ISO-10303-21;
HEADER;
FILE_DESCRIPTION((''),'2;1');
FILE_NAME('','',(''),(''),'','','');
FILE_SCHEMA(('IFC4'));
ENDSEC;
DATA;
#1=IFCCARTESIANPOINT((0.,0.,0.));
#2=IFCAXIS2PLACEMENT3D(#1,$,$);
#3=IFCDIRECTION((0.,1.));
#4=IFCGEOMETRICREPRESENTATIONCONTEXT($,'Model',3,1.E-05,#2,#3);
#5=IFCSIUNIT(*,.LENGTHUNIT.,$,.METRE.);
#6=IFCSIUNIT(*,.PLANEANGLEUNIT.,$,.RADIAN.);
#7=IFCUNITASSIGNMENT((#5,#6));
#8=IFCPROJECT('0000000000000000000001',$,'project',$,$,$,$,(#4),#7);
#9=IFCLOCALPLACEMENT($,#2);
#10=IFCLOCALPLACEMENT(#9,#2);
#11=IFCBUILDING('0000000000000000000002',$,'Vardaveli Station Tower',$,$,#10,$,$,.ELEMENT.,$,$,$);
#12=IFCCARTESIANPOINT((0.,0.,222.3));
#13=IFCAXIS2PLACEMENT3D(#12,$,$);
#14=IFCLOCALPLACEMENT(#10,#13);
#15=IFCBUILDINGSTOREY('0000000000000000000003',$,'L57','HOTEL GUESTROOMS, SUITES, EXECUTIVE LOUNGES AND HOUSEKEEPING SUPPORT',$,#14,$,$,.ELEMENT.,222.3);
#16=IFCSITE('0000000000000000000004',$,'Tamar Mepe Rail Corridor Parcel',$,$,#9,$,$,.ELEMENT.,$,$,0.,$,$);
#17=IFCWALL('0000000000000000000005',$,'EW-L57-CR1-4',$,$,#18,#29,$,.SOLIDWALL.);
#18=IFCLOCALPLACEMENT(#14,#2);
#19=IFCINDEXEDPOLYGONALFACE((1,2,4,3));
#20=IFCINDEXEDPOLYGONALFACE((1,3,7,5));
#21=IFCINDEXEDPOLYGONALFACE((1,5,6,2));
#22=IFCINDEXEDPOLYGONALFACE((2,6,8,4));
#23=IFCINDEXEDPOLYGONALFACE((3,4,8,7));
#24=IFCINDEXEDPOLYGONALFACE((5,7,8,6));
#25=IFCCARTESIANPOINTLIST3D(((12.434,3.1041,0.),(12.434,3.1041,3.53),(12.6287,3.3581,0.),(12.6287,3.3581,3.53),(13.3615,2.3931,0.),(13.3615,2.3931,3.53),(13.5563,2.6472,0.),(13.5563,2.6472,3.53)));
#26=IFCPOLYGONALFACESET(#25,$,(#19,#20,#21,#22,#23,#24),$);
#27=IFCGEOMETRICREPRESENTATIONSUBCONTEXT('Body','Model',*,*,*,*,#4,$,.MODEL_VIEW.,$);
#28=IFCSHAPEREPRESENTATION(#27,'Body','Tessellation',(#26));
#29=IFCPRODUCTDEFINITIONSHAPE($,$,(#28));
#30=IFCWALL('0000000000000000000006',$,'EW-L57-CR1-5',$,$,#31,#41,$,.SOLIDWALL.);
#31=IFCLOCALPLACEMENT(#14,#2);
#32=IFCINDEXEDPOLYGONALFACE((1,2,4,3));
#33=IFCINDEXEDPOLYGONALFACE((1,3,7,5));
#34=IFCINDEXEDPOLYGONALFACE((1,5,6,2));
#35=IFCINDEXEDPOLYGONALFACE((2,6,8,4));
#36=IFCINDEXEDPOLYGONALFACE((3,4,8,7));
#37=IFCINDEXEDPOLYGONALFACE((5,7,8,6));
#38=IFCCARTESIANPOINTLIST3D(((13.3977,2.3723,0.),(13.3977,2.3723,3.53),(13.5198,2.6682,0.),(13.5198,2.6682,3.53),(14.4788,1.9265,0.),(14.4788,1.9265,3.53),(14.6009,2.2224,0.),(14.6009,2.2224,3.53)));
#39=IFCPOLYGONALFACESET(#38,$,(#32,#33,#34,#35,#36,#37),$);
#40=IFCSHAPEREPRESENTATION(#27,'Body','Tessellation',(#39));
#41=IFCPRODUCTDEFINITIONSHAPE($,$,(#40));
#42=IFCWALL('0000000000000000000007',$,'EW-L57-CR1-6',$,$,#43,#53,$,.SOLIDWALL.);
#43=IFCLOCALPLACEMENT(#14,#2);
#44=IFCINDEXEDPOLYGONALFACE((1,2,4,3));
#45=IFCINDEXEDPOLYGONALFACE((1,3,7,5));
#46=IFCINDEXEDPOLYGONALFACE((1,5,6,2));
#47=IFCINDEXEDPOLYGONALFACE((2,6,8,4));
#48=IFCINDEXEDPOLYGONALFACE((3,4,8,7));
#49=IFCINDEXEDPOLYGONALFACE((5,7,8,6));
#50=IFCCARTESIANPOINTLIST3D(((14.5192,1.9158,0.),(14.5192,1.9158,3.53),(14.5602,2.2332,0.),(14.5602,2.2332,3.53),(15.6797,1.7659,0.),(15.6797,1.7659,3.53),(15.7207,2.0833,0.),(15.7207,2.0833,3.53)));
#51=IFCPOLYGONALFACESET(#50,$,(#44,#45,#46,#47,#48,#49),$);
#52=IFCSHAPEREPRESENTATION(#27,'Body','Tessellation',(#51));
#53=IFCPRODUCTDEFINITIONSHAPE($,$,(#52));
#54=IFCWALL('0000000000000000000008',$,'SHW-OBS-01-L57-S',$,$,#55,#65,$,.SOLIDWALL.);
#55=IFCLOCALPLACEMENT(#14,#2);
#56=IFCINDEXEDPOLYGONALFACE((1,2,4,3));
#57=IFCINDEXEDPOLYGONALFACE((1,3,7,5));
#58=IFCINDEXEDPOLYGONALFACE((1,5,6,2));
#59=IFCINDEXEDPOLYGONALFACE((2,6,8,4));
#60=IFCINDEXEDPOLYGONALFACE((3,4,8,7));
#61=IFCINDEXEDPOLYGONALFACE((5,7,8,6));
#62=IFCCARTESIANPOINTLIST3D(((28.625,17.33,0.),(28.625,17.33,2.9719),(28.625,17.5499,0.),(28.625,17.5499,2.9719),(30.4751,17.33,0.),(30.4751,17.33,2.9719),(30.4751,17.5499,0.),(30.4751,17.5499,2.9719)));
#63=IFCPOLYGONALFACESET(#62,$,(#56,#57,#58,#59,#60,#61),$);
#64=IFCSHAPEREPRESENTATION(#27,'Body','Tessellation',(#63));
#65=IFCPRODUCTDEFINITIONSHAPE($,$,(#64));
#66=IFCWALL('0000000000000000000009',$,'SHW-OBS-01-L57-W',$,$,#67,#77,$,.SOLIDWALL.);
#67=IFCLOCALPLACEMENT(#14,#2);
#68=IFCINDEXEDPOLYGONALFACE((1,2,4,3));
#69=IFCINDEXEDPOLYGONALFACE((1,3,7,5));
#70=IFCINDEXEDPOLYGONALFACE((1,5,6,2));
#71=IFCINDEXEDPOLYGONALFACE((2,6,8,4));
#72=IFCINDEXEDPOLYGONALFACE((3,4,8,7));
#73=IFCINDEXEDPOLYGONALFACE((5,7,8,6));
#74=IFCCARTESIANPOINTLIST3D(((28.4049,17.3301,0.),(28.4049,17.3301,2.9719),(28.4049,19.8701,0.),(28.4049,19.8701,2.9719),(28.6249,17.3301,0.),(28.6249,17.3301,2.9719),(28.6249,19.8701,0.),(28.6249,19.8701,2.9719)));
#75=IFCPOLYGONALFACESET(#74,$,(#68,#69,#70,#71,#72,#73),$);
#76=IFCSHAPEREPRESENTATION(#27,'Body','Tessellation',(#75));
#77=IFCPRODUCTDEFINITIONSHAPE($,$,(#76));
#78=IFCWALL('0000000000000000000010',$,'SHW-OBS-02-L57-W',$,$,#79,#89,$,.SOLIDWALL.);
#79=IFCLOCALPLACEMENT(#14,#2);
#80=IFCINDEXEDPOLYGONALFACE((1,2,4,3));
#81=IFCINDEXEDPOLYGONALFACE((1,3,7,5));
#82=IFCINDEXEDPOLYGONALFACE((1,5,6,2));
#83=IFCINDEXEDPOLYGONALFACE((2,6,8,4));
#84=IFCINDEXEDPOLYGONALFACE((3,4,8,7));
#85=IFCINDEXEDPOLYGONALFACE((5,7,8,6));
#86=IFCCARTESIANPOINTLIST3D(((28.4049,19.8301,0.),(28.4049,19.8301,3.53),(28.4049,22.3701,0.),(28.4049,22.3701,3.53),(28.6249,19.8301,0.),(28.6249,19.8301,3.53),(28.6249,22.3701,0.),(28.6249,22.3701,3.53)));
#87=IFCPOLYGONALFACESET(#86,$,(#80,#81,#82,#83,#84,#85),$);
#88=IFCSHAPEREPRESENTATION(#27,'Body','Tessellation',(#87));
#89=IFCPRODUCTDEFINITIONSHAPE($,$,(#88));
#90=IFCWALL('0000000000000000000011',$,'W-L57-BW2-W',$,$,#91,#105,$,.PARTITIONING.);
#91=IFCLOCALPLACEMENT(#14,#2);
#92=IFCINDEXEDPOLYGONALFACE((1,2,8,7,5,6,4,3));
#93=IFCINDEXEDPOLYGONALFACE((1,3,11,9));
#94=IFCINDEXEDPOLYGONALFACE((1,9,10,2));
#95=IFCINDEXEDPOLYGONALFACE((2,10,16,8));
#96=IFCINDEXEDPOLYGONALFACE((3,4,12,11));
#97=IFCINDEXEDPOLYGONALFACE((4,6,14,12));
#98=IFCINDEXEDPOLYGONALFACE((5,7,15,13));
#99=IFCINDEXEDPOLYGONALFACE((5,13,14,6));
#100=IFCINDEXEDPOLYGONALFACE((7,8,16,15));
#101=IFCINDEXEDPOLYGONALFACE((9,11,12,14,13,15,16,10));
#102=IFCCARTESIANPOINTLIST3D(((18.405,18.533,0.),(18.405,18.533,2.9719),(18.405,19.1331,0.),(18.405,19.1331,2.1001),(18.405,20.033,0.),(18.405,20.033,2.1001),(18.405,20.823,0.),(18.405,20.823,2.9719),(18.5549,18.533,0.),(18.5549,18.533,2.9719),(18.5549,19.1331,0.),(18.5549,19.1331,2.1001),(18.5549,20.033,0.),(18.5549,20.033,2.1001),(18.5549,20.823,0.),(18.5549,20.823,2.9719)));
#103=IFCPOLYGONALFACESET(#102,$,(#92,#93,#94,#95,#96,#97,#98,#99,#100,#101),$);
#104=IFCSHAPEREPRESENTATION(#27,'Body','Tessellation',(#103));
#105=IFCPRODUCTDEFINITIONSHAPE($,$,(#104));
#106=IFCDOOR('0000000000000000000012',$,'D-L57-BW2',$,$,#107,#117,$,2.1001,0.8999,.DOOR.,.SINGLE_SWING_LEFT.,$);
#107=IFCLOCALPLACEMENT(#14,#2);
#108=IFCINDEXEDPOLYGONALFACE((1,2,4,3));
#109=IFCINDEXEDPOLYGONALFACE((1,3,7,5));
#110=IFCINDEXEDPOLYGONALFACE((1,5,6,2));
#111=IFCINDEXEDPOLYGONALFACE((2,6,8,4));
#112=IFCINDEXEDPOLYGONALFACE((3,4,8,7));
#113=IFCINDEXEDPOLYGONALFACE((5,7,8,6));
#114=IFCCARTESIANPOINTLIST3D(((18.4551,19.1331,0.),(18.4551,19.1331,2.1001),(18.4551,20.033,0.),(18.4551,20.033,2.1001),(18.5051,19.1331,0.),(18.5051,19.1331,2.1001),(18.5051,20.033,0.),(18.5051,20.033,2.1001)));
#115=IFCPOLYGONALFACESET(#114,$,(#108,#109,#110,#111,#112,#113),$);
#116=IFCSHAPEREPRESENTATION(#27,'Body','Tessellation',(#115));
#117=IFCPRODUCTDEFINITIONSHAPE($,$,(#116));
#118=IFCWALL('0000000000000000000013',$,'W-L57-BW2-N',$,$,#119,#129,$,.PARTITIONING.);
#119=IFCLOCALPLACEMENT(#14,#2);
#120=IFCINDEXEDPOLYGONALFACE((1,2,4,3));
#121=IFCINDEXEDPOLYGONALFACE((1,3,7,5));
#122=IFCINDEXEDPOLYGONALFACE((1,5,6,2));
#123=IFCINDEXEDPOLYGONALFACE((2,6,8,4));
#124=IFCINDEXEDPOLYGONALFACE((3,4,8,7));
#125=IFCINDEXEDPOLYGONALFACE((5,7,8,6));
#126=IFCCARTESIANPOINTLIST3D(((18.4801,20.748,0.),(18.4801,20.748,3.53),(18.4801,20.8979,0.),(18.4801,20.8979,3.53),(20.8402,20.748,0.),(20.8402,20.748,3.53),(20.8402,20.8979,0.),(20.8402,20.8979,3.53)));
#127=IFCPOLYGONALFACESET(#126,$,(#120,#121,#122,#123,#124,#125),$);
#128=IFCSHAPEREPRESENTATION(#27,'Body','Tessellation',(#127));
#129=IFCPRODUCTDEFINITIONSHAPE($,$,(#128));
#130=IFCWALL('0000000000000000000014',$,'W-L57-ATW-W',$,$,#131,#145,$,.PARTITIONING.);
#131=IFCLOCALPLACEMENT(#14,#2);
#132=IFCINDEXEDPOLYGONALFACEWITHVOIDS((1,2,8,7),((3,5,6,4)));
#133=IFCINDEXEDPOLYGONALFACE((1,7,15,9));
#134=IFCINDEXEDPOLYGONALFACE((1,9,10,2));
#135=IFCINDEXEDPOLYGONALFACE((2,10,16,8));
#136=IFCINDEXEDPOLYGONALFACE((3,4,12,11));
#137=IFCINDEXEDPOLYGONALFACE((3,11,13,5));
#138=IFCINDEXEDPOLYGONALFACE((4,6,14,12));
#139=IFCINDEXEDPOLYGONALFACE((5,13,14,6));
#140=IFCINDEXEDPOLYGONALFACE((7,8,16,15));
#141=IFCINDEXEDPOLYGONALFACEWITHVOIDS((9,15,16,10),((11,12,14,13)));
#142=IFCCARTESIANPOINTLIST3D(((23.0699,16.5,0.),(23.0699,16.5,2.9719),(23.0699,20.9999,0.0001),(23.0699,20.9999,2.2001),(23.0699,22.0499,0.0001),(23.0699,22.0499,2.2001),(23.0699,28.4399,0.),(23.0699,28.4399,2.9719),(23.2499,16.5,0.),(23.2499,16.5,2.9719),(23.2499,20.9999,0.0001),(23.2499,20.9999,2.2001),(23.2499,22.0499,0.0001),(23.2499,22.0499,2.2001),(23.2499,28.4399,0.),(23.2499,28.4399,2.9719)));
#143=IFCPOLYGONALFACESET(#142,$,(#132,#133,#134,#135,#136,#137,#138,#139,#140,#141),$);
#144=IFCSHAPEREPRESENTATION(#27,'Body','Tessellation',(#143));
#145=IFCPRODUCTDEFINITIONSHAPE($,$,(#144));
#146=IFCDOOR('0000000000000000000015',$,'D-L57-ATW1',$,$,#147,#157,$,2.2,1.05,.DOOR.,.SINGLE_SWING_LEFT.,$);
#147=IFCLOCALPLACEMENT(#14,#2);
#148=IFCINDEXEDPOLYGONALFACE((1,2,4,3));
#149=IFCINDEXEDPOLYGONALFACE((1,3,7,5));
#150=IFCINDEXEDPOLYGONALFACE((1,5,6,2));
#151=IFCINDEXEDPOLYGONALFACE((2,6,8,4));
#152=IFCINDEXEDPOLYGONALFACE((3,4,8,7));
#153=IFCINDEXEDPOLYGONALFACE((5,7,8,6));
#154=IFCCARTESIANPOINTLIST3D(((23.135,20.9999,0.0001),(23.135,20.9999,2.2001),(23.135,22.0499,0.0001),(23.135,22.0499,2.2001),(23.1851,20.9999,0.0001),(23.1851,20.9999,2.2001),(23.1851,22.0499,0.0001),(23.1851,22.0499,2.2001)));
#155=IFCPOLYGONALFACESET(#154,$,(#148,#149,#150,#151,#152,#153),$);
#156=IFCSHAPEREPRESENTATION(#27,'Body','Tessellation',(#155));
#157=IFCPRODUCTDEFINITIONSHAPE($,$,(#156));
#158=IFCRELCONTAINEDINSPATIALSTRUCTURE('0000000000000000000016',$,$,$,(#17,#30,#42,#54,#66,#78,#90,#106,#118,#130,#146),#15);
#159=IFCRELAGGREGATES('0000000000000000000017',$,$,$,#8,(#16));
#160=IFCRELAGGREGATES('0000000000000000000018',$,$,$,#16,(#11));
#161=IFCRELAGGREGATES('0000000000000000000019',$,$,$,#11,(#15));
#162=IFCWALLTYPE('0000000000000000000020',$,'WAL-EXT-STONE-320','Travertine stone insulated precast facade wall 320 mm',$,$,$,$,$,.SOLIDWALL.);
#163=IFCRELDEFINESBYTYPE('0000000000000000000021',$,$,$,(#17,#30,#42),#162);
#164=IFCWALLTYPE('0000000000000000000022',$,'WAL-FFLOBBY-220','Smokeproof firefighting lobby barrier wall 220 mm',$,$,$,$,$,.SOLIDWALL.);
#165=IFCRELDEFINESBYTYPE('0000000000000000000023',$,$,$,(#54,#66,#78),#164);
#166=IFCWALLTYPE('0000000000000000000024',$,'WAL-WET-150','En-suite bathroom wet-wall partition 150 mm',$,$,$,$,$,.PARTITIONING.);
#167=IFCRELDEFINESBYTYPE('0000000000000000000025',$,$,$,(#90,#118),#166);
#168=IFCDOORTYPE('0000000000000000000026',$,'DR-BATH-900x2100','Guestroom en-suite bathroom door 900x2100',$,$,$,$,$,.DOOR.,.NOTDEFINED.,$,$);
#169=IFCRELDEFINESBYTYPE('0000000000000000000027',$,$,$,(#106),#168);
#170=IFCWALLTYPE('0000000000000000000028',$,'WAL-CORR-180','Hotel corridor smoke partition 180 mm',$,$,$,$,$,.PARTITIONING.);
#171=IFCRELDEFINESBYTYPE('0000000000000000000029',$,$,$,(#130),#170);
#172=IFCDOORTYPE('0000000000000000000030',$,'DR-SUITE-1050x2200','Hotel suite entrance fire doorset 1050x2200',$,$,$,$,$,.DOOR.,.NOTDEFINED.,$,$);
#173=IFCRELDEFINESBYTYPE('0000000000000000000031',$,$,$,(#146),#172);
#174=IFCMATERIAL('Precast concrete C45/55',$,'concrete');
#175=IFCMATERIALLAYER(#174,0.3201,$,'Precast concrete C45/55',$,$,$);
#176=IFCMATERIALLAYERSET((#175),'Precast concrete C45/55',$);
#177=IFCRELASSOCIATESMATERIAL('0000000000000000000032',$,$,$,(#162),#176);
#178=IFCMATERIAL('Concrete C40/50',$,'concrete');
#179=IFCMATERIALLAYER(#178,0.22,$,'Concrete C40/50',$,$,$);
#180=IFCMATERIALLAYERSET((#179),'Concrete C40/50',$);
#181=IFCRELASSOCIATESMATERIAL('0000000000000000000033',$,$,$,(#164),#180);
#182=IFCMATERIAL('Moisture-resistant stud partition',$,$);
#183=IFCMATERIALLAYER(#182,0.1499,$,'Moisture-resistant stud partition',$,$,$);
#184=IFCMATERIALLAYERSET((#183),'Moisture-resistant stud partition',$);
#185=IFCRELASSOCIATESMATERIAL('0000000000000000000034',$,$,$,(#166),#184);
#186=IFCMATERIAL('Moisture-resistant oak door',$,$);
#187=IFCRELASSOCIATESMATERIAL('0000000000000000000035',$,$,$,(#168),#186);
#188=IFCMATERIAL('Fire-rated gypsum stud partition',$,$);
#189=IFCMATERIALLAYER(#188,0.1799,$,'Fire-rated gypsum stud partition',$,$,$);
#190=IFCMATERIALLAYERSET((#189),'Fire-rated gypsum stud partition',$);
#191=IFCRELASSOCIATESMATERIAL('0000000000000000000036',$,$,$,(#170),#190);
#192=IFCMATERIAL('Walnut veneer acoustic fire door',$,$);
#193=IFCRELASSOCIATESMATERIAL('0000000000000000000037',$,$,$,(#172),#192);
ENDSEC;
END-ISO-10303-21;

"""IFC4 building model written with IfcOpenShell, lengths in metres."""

from ifc_helpers import new_model, si_unit, direction, frame, frame_2d, origin, place, context, subcontext, project, spatial, rectangle, extrude, source, transform, mapped, material, layer, layer_set, type_object, element, fill, save


model = new_model("IFC4")

# Units and contexts
model_context = context("Model", 3, precision=1e-05, world=origin(), true_north=direction((0.0, 1.0)))
body_context = subcontext(model_context, "Body", "Model", "MODEL_VIEW")
ifc_project = project(units=[si_unit("LENGTHUNIT", "METRE"), si_unit("PLANEANGLEUNIT", "RADIAN")], contexts=[model_context])

# Site, building, storey
site_placement = place(None, origin())
site = spatial("IfcSite", under=ifc_project, at=site_placement, Name="Tamar Mepe Rail Corridor Parcel", CompositionType="ELEMENT", RefElevation=0.0)
building_placement = place(site_placement, origin())
building = spatial("IfcBuilding", under=site, at=building_placement, Name="Vardaveli Station Tower", CompositionType="ELEMENT")
storey_placement = place(building_placement, frame((0.0, 0.0, 222.3)))
storey = spatial("IfcBuildingStorey", under=building, at=storey_placement, Name="L57", Description="HOTEL GUESTROOMS, SUITES, EXECUTIVE LOUNGES AND HOUSEKEEPING SUPPORT", CompositionType="ELEMENT", Elevation=222.3)

# Shared definitions
ifc_material_1 = material(Name="Precast concrete C45/55", Category="concrete")

# Shared definitions
ifc_layer_1 = layer(ifc_material_1, 0.3201, Name="Precast concrete C45/55")
ifc_layer_set_1 = layer_set([ifc_layer_1], Name="Precast concrete C45/55")
wall_type_1 = type_object("IfcWallType", Name="WAL-EXT-STONE-320", Description="Travertine stone insulated precast facade wall 320 mm", PredefinedType="SOLIDWALL", material=ifc_layer_set_1)

# Walls
shared_shape_1 = source(origin(), body_context, "Body", "SweptSolid", [
    extrude(rectangle(XDim=1.1687, YDim=0.3201, at=frame_2d((0.5845, 0.0))), origin(), (0.0, 0.0, 1.0), 3.53),
])
wall_1_placement = place(storey_placement, frame((12.5312, 3.2312, 0.0), z_axis=(0.0, 0.0, 1.0), x_axis=(0.793664, -0.608357, 0.0)))
element("IfcWall", 1, at=wall_1_placement, inside=storey, type_object=wall_type_1, Name="EW-L57-CR1-4", PredefinedType="SOLIDWALL", context=body_context, shape_type="MappedRepresentation", body=[
    mapped(shared_shape_1, transform((0.0, 0.0, 0.0), scale=1.0)),
])
shared_shape_2 = source(origin(), body_context, "Body", "SweptSolid", [
    extrude(rectangle(XDim=1.1694, YDim=0.3201, at=frame_2d((0.5847, 0.0))), origin(), (0.0, 0.0, 1.0), 3.53),
])
wall_2_placement = place(storey_placement, frame((13.4587, 2.5203, 0.0), z_axis=(0.0, 0.0, 1.0), x_axis=(0.924479, -0.381233, 0.0)))
element("IfcWall", 2, at=wall_2_placement, inside=storey, type_object=wall_type_1, Name="EW-L57-CR1-5", PredefinedType="SOLIDWALL", context=body_context, shape_type="MappedRepresentation", body=[
    mapped(shared_shape_2, transform((0.0, 0.0, 0.0), scale=1.0)),
])
shared_shape_3 = source(origin(), body_context, "Body", "SweptSolid", [
    extrude(rectangle(XDim=1.1702, YDim=0.3201, at=frame_2d((0.585, 0.0))), origin(), (0.0, 0.0, 1.0), 3.53),
])
wall_3_placement = place(storey_placement, frame((14.5398, 2.0745, 0.0), z_axis=(0.0, 0.0, 1.0), x_axis=(0.991762, -0.12809, 0.0)))
element("IfcWall", 3, at=wall_3_placement, inside=storey, type_object=wall_type_1, Name="EW-L57-CR1-6", PredefinedType="SOLIDWALL", context=body_context, shape_type="MappedRepresentation", body=[
    mapped(shared_shape_3, transform((0.0, 0.0, 0.0), scale=1.0)),
])
ifc_material_2 = material(Name="Concrete C40/50", Category="concrete")
ifc_layer_2 = layer(ifc_material_2, 0.22, Name="Concrete C40/50")
ifc_layer_set_2 = layer_set([ifc_layer_2], Name="Concrete C40/50")
wall_type_2 = type_object("IfcWallType", Name="WAL-FFLOBBY-220", Description="Smokeproof firefighting lobby barrier wall 220 mm", PredefinedType="SOLIDWALL", material=ifc_layer_set_2)
shared_shape_4 = source(origin(), body_context, "Body", "SweptSolid", [
    extrude(rectangle(XDim=1.8501, YDim=0.22, at=frame_2d((0.925, 0.0))), origin(), (0.0, 0.0, 1.0), 2.9719),
])
wall_4_placement = place(storey_placement, frame((28.625, 17.4399, 0.0), z_axis=(0.0, 0.0, 1.0), x_axis=(1.0, 0.0, 0.0)))
element("IfcWall", 4, at=wall_4_placement, inside=storey, type_object=wall_type_2, Name="SHW-OBS-01-L57-S", PredefinedType="SOLIDWALL", context=body_context, shape_type="MappedRepresentation", body=[
    mapped(shared_shape_4, transform((0.0, 0.0, 0.0), scale=1.0)),
])
shared_shape_5 = source(origin(), body_context, "Body", "SweptSolid", [
    extrude(rectangle(XDim=2.54, YDim=0.22, at=frame_2d((1.27, 0.0))), origin(), (0.0, 0.0, 1.0), 2.9719),
])
wall_5_placement = place(storey_placement, frame((28.5149, 17.3301, 0.0), z_axis=(0.0, 0.0, 1.0), x_axis=(0.0, 1.0, 0.0)))
element("IfcWall", 5, at=wall_5_placement, inside=storey, type_object=wall_type_2, Name="SHW-OBS-01-L57-W", PredefinedType="SOLIDWALL", context=body_context, shape_type="MappedRepresentation", body=[
    mapped(shared_shape_5, transform((0.0, 0.0, 0.0), scale=1.0)),
])
shared_shape_6 = source(origin(), body_context, "Body", "SweptSolid", [
    extrude(rectangle(XDim=2.54, YDim=0.22, at=frame_2d((1.27, 0.0))), origin(), (0.0, 0.0, 1.0), 3.53),
])
wall_6_placement = place(storey_placement, frame((28.5149, 19.8301, 0.0), z_axis=(0.0, 0.0, 1.0), x_axis=(0.0, 1.0, 0.0)))
element("IfcWall", 6, at=wall_6_placement, inside=storey, type_object=wall_type_2, Name="SHW-OBS-02-L57-W", PredefinedType="SOLIDWALL", context=body_context, shape_type="MappedRepresentation", body=[
    mapped(shared_shape_6, transform((0.0, 0.0, 0.0), scale=1.0)),
])

# Wall, opening, door
ifc_material_3 = material(Name="Moisture-resistant stud partition")
ifc_layer_3 = layer(ifc_material_3, 0.1499, Name="Moisture-resistant stud partition")
ifc_layer_set_3 = layer_set([ifc_layer_3], Name="Moisture-resistant stud partition")
wall_type_3 = type_object("IfcWallType", Name="WAL-WET-150", Description="En-suite bathroom wet-wall partition 150 mm", PredefinedType="PARTITIONING", material=ifc_layer_set_3)
shared_shape_7 = source(origin(), body_context, "Body", "SweptSolid", [
    extrude(rectangle(XDim=2.29, YDim=0.1499, at=frame_2d((1.145, 0.0))), origin(), (0.0, 0.0, 1.0), 2.9719),
])
wall_7_placement = place(storey_placement, frame((18.48, 18.533, 0.0), z_axis=(0.0, 0.0, 1.0), x_axis=(0.0, 1.0, 0.0)))
wall_7 = element("IfcWall", 7, at=wall_7_placement, inside=storey, type_object=wall_type_3, Name="W-L57-BW2-W", PredefinedType="PARTITIONING", context=body_context, shape_type="MappedRepresentation", body=[
    mapped(shared_shape_7, transform((0.0, 0.0, 0.0), scale=1.0)),
])
shared_shape_8 = source(origin(), body_context, "Body", "SweptSolid", [
    extrude(rectangle(XDim=0.8999, YDim=2.1001, at=frame_2d((0.45, 1.05))), frame((0.0, 0.085, 0.0), z_axis=(0.0, -1.0, 0.0), x_axis=(1.0, 0.0, 0.0)), (0.0, 0.0, 1.0), 0.1699),
])
opening_1_placement = place(wall_7_placement, frame((0.6001, 0.0, 0.0)))
opening_1 = element("IfcOpeningElement", 8, at=opening_1_placement, cuts=wall_7, PredefinedType="OPENING", context=body_context, shape_type="MappedRepresentation", body=[
    mapped(shared_shape_8, transform((0.0, 0.0, 0.0), scale=1.0)),
])
ifc_material_4 = material(Name="Moisture-resistant oak door")
door_type_1 = type_object("IfcDoorType", Name="DR-BATH-900x2100", Description="Guestroom en-suite bathroom door 900x2100", OperationType="NOTDEFINED", PredefinedType="DOOR", material=ifc_material_4)
shared_shape_9 = source(origin(), body_context, "Body", "SweptSolid", [
    extrude(rectangle(XDim=0.8999, YDim=2.1001, at=frame_2d((0.45, 1.05))), frame((0.0, 0.0249, 0.0), z_axis=(0.0, -1.0, 0.0), x_axis=(1.0, 0.0, 0.0)), (0.0, 0.0, 1.0), 0.05),
])
door_1_placement = place(opening_1_placement, origin())
door_1 = element("IfcDoor", 9, at=door_1_placement, inside=storey, type_object=door_type_1, Name="D-L57-BW2", OperationType="SINGLE_SWING_LEFT", OverallHeight=2.1001, OverallWidth=0.8999, PredefinedType="DOOR", context=body_context, shape_type="MappedRepresentation", body=[
    mapped(shared_shape_9, transform((0.0, 0.0, 0.0), scale=1.0)),
])
fill(opening_1, door_1)

# Wall
shared_shape_10 = source(origin(), body_context, "Body", "SweptSolid", [
    extrude(rectangle(XDim=2.3601, YDim=0.1499, at=frame_2d((1.1802, 0.0))), origin(), (0.0, 0.0, 1.0), 3.53),
])
wall_8_placement = place(storey_placement, frame((18.48, 20.823, 0.0), z_axis=(0.0, 0.0, 1.0), x_axis=(1.0, 0.0, 0.0)))
element("IfcWall", 10, at=wall_8_placement, inside=storey, type_object=wall_type_3, Name="W-L57-BW2-N", PredefinedType="PARTITIONING", context=body_context, shape_type="MappedRepresentation", body=[
    mapped(shared_shape_10, transform((0.0, 0.0, 0.0), scale=1.0)),
])

# Wall, opening, door
ifc_material_5 = material(Name="Fire-rated gypsum stud partition")
ifc_layer_4 = layer(ifc_material_5, 0.1799, Name="Fire-rated gypsum stud partition")
ifc_layer_set_4 = layer_set([ifc_layer_4], Name="Fire-rated gypsum stud partition")
wall_type_4 = type_object("IfcWallType", Name="WAL-CORR-180", Description="Hotel corridor smoke partition 180 mm", PredefinedType="PARTITIONING", material=ifc_layer_set_4)
shared_shape_11 = source(origin(), body_context, "Body", "SweptSolid", [
    extrude(rectangle(XDim=11.9399, YDim=0.1799, at=frame_2d((5.97, 0.0))), origin(), (0.0, 0.0, 1.0), 2.9719),
])
wall_9_placement = place(storey_placement, frame((23.1599, 16.5, 0.0), z_axis=(0.0, 0.0, 1.0), x_axis=(0.0, 1.0, 0.0)))
wall_9 = element("IfcWall", 11, at=wall_9_placement, inside=storey, type_object=wall_type_4, Name="W-L57-ATW-W", PredefinedType="PARTITIONING", context=body_context, shape_type="MappedRepresentation", body=[
    mapped(shared_shape_11, transform((0.0, 0.0, 0.0), scale=1.0)),
])
shared_shape_12 = source(origin(), body_context, "Body", "SweptSolid", [
    extrude(rectangle(XDim=1.05, YDim=2.2, at=frame_2d((0.5249, 1.1001))), frame((0.0, 0.1001, 0.0), z_axis=(0.0, -1.0, 0.0), x_axis=(1.0, 0.0, 0.0)), (0.0, 0.0, 1.0), 0.2),
])
opening_2_placement = place(wall_9_placement, frame((4.5, 0.0, 0.0)))
opening_2 = element("IfcOpeningElement", 12, at=opening_2_placement, cuts=wall_9, PredefinedType="OPENING", context=body_context, shape_type="MappedRepresentation", body=[
    mapped(shared_shape_12, transform((0.0, 0.0, 0.0), scale=1.0)),
])
ifc_material_6 = material(Name="Walnut veneer acoustic fire door")
door_type_2 = type_object("IfcDoorType", Name="DR-SUITE-1050x2200", Description="Hotel suite entrance fire doorset 1050x2200", OperationType="NOTDEFINED", PredefinedType="DOOR", material=ifc_material_6)
shared_shape_13 = source(origin(), body_context, "Body", "SweptSolid", [
    extrude(rectangle(XDim=1.05, YDim=2.2, at=frame_2d((0.5249, 1.1001))), frame((0.0, 0.0249, 0.0), z_axis=(0.0, -1.0, 0.0), x_axis=(1.0, 0.0, 0.0)), (0.0, 0.0, 1.0), 0.05),
])
door_2_placement = place(opening_2_placement, origin())
door_2 = element("IfcDoor", 13, at=door_2_placement, inside=storey, type_object=door_type_2, Name="D-L57-ATW1", OperationType="SINGLE_SWING_LEFT", OverallHeight=2.2, OverallWidth=1.05, PredefinedType="DOOR", context=body_context, shape_type="MappedRepresentation", body=[
    mapped(shared_shape_13, transform((0.0, 0.0, 0.0), scale=1.0)),
])
fill(opening_2, door_2)

save(model, "model.ifc")
